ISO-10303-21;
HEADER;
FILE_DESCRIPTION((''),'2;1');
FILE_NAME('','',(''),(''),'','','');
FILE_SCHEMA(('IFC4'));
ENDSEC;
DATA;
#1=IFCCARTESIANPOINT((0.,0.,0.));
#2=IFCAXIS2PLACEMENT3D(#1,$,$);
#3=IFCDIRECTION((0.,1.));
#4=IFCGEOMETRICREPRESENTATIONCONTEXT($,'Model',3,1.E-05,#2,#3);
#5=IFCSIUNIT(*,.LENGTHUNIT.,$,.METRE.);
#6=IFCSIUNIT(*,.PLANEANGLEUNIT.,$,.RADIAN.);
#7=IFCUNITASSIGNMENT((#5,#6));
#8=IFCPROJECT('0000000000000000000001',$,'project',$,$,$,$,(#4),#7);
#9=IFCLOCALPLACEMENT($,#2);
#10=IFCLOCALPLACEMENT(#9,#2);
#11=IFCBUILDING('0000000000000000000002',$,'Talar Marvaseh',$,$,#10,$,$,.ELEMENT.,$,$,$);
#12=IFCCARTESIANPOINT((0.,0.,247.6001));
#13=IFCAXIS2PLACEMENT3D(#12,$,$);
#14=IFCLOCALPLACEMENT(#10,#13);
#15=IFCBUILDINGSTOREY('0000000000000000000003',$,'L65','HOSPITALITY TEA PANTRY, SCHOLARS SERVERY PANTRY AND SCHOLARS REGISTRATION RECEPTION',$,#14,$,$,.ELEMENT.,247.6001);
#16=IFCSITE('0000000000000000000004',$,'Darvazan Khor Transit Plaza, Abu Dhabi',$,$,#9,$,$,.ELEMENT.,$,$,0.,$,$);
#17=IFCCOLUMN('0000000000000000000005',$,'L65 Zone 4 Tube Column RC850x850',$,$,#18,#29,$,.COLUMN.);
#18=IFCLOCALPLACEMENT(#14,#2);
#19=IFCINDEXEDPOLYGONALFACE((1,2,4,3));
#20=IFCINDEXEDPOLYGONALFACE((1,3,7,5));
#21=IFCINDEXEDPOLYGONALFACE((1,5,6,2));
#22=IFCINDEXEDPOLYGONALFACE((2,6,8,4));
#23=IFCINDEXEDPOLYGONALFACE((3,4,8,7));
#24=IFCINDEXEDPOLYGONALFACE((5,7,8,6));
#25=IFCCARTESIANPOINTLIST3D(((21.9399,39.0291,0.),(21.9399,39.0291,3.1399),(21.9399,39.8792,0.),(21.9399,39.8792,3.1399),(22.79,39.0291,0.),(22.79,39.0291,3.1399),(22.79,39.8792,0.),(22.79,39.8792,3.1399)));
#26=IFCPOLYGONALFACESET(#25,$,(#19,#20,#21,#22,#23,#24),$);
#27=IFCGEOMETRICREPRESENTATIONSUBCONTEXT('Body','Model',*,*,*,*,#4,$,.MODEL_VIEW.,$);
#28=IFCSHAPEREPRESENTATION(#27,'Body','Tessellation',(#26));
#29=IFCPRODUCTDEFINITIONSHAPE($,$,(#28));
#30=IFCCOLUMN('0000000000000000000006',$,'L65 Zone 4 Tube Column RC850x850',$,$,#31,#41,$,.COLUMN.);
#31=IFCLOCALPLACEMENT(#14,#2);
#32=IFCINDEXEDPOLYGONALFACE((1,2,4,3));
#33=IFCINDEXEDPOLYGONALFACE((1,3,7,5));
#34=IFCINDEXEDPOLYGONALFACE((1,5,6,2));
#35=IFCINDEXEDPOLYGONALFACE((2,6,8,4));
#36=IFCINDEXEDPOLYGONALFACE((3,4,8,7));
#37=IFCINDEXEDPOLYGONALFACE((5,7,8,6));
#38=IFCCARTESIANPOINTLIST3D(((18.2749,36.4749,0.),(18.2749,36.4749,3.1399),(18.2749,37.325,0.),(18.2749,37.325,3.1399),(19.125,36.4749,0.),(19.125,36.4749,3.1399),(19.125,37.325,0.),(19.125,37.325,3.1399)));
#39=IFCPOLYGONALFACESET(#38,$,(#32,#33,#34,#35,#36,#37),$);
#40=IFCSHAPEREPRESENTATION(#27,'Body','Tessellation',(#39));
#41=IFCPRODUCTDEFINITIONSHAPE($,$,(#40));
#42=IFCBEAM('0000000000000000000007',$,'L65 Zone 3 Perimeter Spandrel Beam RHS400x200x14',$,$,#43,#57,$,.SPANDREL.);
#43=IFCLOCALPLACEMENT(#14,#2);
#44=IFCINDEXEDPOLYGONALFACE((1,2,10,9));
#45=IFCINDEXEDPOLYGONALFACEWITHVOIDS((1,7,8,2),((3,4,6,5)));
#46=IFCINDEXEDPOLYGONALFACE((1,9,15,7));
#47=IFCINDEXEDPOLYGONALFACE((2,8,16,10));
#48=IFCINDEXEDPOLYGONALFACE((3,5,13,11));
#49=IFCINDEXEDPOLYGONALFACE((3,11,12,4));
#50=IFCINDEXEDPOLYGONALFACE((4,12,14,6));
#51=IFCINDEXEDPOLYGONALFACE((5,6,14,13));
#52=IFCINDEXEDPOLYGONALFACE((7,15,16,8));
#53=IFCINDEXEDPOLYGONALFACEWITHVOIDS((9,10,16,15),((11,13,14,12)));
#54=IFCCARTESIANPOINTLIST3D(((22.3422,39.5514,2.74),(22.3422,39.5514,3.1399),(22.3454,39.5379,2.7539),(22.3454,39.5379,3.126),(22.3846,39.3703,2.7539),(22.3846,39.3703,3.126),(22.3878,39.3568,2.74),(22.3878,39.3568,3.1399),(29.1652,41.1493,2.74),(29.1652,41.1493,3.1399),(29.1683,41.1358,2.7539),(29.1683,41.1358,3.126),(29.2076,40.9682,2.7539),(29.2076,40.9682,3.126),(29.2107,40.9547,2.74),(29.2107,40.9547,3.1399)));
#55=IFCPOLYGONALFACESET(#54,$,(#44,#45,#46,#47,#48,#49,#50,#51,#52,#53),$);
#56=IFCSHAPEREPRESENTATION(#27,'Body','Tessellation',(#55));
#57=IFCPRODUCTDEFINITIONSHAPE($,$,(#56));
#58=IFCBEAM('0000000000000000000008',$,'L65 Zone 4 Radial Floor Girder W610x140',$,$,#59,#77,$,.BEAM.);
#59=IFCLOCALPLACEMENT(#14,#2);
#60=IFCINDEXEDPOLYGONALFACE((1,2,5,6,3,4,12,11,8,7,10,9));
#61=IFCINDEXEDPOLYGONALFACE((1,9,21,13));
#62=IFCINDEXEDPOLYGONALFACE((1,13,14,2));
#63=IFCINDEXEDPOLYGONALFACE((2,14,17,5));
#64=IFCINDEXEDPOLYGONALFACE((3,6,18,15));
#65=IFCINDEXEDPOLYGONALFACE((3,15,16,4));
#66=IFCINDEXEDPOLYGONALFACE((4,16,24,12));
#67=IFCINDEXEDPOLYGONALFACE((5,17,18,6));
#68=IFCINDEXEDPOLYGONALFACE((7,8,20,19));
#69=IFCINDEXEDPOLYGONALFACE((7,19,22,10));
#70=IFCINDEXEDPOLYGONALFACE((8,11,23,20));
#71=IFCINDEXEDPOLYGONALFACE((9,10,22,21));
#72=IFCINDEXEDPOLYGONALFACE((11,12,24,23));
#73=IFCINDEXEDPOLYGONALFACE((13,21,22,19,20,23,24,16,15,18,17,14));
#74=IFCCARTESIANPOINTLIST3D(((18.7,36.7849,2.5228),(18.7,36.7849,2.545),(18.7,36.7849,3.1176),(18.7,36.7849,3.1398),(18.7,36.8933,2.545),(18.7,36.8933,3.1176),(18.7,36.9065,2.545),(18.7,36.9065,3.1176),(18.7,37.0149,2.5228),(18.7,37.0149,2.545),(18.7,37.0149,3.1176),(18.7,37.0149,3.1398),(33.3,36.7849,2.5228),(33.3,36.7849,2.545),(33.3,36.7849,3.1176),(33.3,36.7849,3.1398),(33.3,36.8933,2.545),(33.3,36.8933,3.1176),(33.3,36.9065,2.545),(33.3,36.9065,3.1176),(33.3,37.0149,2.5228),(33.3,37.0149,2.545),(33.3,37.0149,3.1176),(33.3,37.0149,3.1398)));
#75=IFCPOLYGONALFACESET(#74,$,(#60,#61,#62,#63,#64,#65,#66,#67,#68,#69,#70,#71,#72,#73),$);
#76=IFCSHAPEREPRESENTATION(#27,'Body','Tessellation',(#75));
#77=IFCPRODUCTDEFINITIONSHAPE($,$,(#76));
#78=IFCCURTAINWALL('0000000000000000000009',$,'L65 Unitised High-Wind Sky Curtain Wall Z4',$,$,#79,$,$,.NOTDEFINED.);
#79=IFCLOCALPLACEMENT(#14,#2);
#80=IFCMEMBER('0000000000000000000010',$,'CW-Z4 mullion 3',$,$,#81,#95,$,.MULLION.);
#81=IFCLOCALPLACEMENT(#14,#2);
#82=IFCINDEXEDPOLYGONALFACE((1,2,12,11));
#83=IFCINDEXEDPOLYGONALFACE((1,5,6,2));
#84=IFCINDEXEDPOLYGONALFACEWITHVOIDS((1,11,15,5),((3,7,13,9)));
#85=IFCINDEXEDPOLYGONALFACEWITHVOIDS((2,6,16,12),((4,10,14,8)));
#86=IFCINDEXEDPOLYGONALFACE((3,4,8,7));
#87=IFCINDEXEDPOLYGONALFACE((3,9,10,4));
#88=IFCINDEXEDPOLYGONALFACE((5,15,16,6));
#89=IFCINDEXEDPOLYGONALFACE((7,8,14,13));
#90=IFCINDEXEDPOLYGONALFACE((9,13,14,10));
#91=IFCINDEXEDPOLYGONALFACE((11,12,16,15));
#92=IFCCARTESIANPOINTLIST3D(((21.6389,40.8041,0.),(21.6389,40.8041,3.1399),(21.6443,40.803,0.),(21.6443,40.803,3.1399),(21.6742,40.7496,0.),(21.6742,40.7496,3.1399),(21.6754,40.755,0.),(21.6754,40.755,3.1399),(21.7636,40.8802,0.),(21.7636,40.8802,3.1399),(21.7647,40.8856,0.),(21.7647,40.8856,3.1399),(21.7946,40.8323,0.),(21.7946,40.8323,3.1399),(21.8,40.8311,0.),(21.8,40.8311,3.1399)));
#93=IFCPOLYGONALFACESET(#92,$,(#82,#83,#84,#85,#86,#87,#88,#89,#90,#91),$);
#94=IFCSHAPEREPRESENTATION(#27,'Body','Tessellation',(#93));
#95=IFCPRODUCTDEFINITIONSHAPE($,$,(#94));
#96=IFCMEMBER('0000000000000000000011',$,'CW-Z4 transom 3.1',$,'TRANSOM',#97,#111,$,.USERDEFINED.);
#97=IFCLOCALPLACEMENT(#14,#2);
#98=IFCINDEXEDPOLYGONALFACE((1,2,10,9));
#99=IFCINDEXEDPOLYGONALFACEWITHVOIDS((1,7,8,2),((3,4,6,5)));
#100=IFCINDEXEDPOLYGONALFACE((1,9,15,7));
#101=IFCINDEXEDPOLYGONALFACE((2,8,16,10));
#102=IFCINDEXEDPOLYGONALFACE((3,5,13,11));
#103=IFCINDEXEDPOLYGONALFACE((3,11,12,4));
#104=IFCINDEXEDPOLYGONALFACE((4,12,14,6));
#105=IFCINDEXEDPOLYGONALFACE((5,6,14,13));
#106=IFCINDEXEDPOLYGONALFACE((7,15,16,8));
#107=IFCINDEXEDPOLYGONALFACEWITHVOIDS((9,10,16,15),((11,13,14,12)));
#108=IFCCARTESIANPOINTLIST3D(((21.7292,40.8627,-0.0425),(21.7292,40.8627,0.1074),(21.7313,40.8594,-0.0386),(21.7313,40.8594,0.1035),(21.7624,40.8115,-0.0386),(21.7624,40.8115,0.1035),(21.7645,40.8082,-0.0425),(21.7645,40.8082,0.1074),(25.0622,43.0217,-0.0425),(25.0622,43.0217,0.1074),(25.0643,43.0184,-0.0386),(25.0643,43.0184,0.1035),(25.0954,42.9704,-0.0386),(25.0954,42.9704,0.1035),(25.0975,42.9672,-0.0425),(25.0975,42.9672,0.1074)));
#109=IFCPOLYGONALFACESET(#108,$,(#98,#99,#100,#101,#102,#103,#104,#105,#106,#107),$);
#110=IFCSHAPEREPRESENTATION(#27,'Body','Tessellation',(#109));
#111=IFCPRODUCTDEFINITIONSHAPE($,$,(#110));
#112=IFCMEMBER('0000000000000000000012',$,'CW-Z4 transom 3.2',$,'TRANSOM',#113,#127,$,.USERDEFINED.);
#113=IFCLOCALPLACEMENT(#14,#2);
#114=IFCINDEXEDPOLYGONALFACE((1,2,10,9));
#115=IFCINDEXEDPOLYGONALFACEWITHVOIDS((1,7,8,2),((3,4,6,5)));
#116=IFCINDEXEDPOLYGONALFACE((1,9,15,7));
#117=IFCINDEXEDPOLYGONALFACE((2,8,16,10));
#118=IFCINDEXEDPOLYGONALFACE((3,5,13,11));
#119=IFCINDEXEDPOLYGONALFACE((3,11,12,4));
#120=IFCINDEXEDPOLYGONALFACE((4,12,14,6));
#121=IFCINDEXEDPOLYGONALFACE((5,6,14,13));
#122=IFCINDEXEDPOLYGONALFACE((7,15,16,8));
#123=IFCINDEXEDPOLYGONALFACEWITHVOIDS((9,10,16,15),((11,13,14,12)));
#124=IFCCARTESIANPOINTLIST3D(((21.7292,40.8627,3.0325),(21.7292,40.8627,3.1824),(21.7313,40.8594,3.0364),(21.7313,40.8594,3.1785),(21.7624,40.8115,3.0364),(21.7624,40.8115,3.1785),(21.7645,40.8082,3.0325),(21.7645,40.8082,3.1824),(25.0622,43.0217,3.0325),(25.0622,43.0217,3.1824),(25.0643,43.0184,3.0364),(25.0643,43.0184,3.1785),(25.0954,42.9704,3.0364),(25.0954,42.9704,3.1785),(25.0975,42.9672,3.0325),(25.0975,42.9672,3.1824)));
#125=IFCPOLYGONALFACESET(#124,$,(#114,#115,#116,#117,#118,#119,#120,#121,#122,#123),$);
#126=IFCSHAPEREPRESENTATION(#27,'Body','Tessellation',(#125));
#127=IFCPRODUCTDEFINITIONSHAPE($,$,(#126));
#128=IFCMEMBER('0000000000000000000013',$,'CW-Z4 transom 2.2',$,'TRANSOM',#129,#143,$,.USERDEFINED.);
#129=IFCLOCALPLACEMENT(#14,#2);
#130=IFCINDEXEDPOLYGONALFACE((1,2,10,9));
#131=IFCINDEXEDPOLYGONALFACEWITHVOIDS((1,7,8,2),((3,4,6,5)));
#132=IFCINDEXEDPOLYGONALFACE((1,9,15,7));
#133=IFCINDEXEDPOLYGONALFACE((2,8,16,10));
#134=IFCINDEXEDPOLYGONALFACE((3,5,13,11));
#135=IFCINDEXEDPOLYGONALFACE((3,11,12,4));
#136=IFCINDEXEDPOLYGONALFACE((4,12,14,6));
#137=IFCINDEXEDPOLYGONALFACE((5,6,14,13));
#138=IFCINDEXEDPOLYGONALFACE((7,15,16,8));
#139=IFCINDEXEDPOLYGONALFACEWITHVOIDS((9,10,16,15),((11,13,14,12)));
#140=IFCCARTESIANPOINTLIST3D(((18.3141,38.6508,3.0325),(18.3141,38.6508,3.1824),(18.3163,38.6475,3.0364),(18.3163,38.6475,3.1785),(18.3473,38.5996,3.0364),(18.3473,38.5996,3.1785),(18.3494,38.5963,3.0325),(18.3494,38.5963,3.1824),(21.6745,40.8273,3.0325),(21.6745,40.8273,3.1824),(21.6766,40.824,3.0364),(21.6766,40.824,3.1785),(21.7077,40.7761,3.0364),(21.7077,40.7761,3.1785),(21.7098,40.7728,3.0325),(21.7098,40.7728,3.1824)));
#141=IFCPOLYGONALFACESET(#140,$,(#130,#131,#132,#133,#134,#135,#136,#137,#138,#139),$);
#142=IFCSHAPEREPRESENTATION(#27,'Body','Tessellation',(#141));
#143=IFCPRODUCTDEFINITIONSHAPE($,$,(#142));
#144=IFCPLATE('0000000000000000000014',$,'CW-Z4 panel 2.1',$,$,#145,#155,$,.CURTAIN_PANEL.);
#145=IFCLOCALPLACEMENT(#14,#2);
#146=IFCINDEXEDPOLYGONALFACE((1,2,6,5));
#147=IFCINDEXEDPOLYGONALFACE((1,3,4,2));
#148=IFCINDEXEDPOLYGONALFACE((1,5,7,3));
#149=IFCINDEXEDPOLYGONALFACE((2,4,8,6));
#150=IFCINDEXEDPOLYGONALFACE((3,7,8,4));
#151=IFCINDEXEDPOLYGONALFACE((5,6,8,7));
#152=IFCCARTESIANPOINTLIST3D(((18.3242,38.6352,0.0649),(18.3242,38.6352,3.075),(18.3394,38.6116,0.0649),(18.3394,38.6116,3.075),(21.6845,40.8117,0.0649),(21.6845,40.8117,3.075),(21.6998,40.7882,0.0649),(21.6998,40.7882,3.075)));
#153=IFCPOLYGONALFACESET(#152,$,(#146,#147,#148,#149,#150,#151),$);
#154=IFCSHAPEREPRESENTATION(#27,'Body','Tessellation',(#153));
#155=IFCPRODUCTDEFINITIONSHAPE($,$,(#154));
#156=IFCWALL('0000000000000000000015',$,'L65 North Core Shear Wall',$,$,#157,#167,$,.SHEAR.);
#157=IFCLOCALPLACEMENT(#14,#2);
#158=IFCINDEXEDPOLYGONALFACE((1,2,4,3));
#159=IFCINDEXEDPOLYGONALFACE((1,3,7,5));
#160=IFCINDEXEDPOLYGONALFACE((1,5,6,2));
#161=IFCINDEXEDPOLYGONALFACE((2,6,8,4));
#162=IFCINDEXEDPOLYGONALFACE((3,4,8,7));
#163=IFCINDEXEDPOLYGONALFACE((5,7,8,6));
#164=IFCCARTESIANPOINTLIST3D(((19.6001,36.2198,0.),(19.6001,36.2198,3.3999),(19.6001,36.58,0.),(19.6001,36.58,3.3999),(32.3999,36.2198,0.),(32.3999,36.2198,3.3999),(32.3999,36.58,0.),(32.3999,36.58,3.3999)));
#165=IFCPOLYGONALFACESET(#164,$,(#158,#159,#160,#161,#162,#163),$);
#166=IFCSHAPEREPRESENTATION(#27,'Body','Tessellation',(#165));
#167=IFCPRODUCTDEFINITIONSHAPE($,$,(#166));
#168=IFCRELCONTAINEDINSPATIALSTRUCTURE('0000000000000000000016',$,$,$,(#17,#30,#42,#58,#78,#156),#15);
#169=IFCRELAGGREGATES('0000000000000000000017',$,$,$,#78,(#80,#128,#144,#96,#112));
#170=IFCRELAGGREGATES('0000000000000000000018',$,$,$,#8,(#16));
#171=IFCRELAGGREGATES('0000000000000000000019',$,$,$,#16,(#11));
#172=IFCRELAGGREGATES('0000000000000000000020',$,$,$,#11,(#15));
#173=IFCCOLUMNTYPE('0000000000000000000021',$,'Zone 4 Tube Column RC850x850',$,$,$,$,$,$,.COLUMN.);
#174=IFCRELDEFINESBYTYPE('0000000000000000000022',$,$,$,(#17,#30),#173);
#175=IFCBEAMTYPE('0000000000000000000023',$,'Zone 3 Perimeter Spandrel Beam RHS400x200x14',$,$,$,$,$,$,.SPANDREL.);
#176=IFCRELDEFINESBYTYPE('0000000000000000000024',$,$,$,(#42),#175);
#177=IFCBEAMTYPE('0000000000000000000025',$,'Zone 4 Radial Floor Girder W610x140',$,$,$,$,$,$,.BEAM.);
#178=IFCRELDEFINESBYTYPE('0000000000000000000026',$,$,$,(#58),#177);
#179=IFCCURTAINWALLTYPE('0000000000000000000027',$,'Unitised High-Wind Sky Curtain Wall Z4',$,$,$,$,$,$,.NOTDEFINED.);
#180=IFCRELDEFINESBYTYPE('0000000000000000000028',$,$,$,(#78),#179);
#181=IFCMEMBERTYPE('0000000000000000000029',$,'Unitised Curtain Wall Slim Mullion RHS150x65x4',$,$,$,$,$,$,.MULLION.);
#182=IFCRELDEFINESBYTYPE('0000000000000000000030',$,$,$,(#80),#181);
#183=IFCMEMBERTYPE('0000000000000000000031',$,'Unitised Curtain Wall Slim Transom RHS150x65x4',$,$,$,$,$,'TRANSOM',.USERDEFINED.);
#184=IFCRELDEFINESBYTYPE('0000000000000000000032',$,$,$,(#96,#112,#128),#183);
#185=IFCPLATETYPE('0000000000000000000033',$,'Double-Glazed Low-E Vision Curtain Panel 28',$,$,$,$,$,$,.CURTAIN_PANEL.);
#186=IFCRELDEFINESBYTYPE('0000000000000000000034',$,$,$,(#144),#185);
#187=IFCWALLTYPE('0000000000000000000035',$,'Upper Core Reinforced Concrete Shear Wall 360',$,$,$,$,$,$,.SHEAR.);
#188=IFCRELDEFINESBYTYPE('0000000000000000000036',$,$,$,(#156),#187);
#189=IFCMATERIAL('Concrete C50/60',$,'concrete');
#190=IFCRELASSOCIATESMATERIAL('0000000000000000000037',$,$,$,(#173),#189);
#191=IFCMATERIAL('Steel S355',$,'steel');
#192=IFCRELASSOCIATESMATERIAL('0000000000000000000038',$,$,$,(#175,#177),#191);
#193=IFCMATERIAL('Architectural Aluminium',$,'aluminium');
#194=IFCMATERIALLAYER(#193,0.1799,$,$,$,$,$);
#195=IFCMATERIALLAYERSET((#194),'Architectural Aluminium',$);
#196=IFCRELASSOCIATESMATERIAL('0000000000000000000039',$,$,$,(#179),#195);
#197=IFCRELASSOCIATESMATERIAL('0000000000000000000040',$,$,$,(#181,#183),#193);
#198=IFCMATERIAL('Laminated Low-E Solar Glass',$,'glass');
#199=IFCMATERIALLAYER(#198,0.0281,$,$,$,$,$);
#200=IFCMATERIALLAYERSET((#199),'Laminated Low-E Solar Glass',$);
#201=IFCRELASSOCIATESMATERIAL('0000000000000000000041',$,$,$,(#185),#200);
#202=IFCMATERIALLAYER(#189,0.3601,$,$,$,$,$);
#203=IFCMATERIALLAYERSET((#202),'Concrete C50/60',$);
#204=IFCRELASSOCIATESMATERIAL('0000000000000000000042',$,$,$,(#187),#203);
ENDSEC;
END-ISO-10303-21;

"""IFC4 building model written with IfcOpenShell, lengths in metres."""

from ifc_helpers import new_model, si_unit, direction, frame, frame_2d, origin, origin_2d, place, context, subcontext, project, spatial, rectangle, hollow_rectangle, i_section, extrude, source, transform, mapped, material, layer, layer_set, material_profile, profile_set, type_object, type_shapes, element, aggregate, save


model = new_model("IFC4")

# Units and contexts
model_context = context("Model", 3, precision=1e-05, world=origin(), true_north=direction((0.0, 1.0)))
body_context = subcontext(model_context, "Body", "Model", "MODEL_VIEW")
ifc_project = project(units=[si_unit("LENGTHUNIT", "METRE"), si_unit("PLANEANGLEUNIT", "RADIAN")], contexts=[model_context])

# Site, building, storey
site_placement = place(None, origin())
site = spatial("IfcSite", under=ifc_project, at=site_placement, Name="Darvazan Khor Transit Plaza, Abu Dhabi", CompositionType="ELEMENT", RefElevation=0.0)
building_placement = place(site_placement, origin())
building = spatial("IfcBuilding", under=site, at=building_placement, Name="Talar Marvaseh", CompositionType="ELEMENT")
storey_placement = place(building_placement, frame((0.0, 0.0, 247.6001)))
storey = spatial("IfcBuildingStorey", under=building, at=storey_placement, Name="L65", Description="HOSPITALITY TEA PANTRY, SCHOLARS SERVERY PANTRY AND SCHOLARS REGISTRATION RECEPTION", CompositionType="ELEMENT", Elevation=247.6001)

# Columns
ifc_material_1 = material(Name="Concrete C50/60", Category="concrete")
ifc_material_profile_1 = material_profile(ifc_material_1, rectangle(XDim=0.8501, YDim=0.8501, at=origin_2d()), Name="RC850x850")
ifc_profile_set_1 = profile_set([ifc_material_profile_1], Name="Concrete C50/60")
column_type = type_object("IfcColumnType", Name="Zone 4 Tube Column RC850x850", PredefinedType="COLUMN", material=ifc_profile_set_1)
for number, where, z_axis, x_axis, name in (
    (1, (22.365, 39.4541, 0.0), (0.0, 0.0, 1.0), (1.0, 0.0, 0.0), "L65 Zone 4 Tube Column RC850x850"),
    (2, (18.7, 36.8999, 0.0), (0.0, 0.0, 1.0), (1.0, 0.0, 0.0), "L65 Zone 4 Tube Column RC850x850"),
):
    element("IfcColumn", number, at=place(storey_placement, frame(where, z_axis=z_axis, x_axis=x_axis)), inside=storey, type_object=column_type, Name=name, PredefinedType="COLUMN", context=body_context, shape_type="SweptSolid", body=[
        extrude(rectangle(XDim=0.8501, YDim=0.8501, at=origin_2d()), origin(), (0.0, 0.0, 1.0), 3.1399),
    ])

# Beams
ifc_material_2 = material(Name="Steel S355", Category="steel")
ifc_material_profile_2 = material_profile(ifc_material_2, hollow_rectangle(XDim=0.2, YDim=0.3999, WallThickness=0.0139, at=origin_2d()), Name="RHS400x200x14")
ifc_profile_set_2 = profile_set([ifc_material_profile_2], Name="Steel S355")
beam_type_1 = type_object("IfcBeamType", Name="Zone 3 Perimeter Spandrel Beam RHS400x200x14", PredefinedType="SPANDREL", material=ifc_profile_set_2)
beam_1_placement = place(storey_placement, frame((22.365, 39.4541, 2.9399), z_axis=(0.973656, 0.228024, 0.0), x_axis=(-0.228024, 0.973656, 0.0)))
element("IfcBeam", 3, at=beam_1_placement, inside=storey, type_object=beam_type_1, Name="L65 Zone 3 Perimeter Spandrel Beam RHS400x200x14", PredefinedType="SPANDREL", context=body_context, shape_type="SweptSolid", body=[
    extrude(hollow_rectangle(XDim=0.2, YDim=0.3999, WallThickness=0.0139, at=origin_2d()), origin(), (0.0, 0.0, 1.0), 7.0076),
])
ifc_material_profile_3 = material_profile(ifc_material_2, i_section(OverallWidth=0.23, OverallDepth=0.6169, WebThickness=0.0132, FlangeThickness=0.0222, at=origin_2d()), Name="W610x140")
ifc_profile_set_3 = profile_set([ifc_material_profile_3], Name="Steel S355")
beam_type_2 = type_object("IfcBeamType", Name="Zone 4 Radial Floor Girder W610x140", PredefinedType="BEAM", material=ifc_profile_set_3)
beam_2_placement = place(storey_placement, frame((18.7, 36.8999, 2.8313), z_axis=(1.0, 0.0, 0.0), x_axis=(0.0, 1.0, 0.0)))
element("IfcBeam", 4, at=beam_2_placement, inside=storey, type_object=beam_type_2, Name="L65 Zone 4 Radial Floor Girder W610x140", PredefinedType="BEAM", context=body_context, shape_type="SweptSolid", body=[
    extrude(i_section(OverallWidth=0.23, OverallDepth=0.6169, WebThickness=0.0132, FlangeThickness=0.0222, at=origin_2d()), origin(), (0.0, 0.0, 1.0), 14.6001),
])

# Curtain wall, members, plate
ifc_material_3 = material(Name="Architectural Aluminium", Category="aluminium")
ifc_layer_1 = layer(ifc_material_3, 0.1799)
ifc_layer_set_1 = layer_set([ifc_layer_1], Name="Architectural Aluminium")
curtain_wall_type = type_object("IfcCurtainWallType", Name="Unitised High-Wind Sky Curtain Wall Z4", PredefinedType="NOTDEFINED", material=ifc_layer_set_1)
curtain_wall_placement = place(storey_placement, origin())
curtain_wall = element("IfcCurtainWall", 5, at=curtain_wall_placement, inside=storey, type_object=curtain_wall_type, Name="L65 Unitised High-Wind Sky Curtain Wall Z4", PredefinedType="NOTDEFINED")
ifc_material_profile_4 = material_profile(ifc_material_3, hollow_rectangle(XDim=0.0649, YDim=0.1499, WallThickness=0.0039, at=origin_2d()), Name="RHS150x65x4")
ifc_profile_set_4 = profile_set([ifc_material_profile_4], Name="Architectural Aluminium")
member_type_1 = type_object("IfcMemberType", Name="Unitised Curtain Wall Slim Mullion RHS150x65x4", PredefinedType="MULLION", material=ifc_profile_set_4)
shared_shape_1 = source(origin(), body_context, "Body", "SweptSolid", [
    extrude(hollow_rectangle(XDim=0.0649, YDim=0.1499, WallThickness=0.0039, at=origin_2d()), origin(), (0.0, 0.0, 1.0), 3.1399),
])
type_shapes(member_type_1, [shared_shape_1])
member_1_placement = place(storey_placement, frame((21.7195, 40.8176, 0.0), z_axis=(0.0, 0.0, 1.0), x_axis=(-0.543646, 0.839314, 0.0)))
member_1 = element("IfcMember", 6, at=member_1_placement, type_object=member_type_1, Name="CW-Z4 mullion 3", PredefinedType="MULLION", context=body_context, shape_type="MappedRepresentation", body=[
    mapped(shared_shape_1, transform((0.0, 0.0, 0.0), x_axis=(1.0, 0.0, 0.0), y_axis=(0.0, 1.0, 0.0), z_axis=(0.0, 0.0, 1.0), scale=1.0)),
])
ifc_material_profile_5 = material_profile(ifc_material_3, hollow_rectangle(XDim=0.0649, YDim=0.1499, WallThickness=0.0039, at=origin_2d()), Name="RHS150x65x4")
ifc_profile_set_5 = profile_set([ifc_material_profile_5], Name="Architectural Aluminium")
member_type_2 = type_object("IfcMemberType", Name="Unitised Curtain Wall Slim Transom RHS150x65x4", ElementType="TRANSOM", PredefinedType="USERDEFINED", material=ifc_profile_set_5)
shared_shape_2 = source(origin(), body_context, "Body", "SweptSolid", [
    extrude(hollow_rectangle(XDim=0.0649, YDim=0.1499, WallThickness=0.0039, at=origin_2d()), origin(), (0.0, 0.0, 1.0), 3.9712),
])
member_2_placement = place(storey_placement, frame((21.7468, 40.8354, 0.0325), z_axis=(0.839308, 0.543657, 0.0), x_axis=(-0.543657, 0.839308, 0.0)))
member_2 = element("IfcMember", 7, at=member_2_placement, type_object=member_type_2, Name="CW-Z4 transom 3.1", ObjectType="TRANSOM", PredefinedType="USERDEFINED", context=body_context, shape_type="MappedRepresentation", body=[
    mapped(shared_shape_2, transform((0.0, 0.0, 0.0), x_axis=(1.0, 0.0, 0.0), y_axis=(0.0, 1.0, 0.0), z_axis=(0.0, 0.0, 1.0), scale=1.0)),
])
member_3_placement = place(storey_placement, frame((21.7468, 40.8354, 3.1074), z_axis=(0.839308, 0.543657, 0.0), x_axis=(-0.543657, 0.839308, 0.0)))
member_3 = element("IfcMember", 8, at=member_3_placement, type_object=member_type_2, Name="CW-Z4 transom 3.2", ObjectType="TRANSOM", PredefinedType="USERDEFINED", context=body_context, shape_type="MappedRepresentation", body=[
    mapped(shared_shape_2, transform((0.0, 0.0, 0.0), x_axis=(1.0, 0.0, 0.0), y_axis=(0.0, 1.0, 0.0), z_axis=(0.0, 0.0, 1.0), scale=1.0)),
])
shared_shape_3 = source(origin(), body_context, "Body", "SweptSolid", [
    extrude(hollow_rectangle(XDim=0.0649, YDim=0.1499, WallThickness=0.0039, at=origin_2d()), origin(), (0.0, 0.0, 1.0), 4.0037),
])
type_shapes(member_type_2, [shared_shape_2, shared_shape_3])
member_4_placement = place(storey_placement, frame((18.3318, 38.6235, 3.1074), z_axis=(0.839323, 0.543633, 0.0), x_axis=(-0.543633, 0.839323, 0.0)))
member_4 = element("IfcMember", 9, at=member_4_placement, type_object=member_type_2, Name="CW-Z4 transom 2.2", ObjectType="TRANSOM", PredefinedType="USERDEFINED", context=body_context, shape_type="MappedRepresentation", body=[
    mapped(shared_shape_3, transform((0.0, 0.0, 0.0), x_axis=(1.0, 0.0, 0.0), y_axis=(0.0, 1.0, 0.0), z_axis=(0.0, 0.0, 1.0), scale=1.0)),
])
ifc_material_4 = material(Name="Laminated Low-E Solar Glass", Category="glass")
ifc_layer_2 = layer(ifc_material_4, 0.0281)
ifc_layer_set_2 = layer_set([ifc_layer_2], Name="Laminated Low-E Solar Glass")
plate_type = type_object("IfcPlateType", Name="Double-Glazed Low-E Vision Curtain Panel 28", PredefinedType="CURTAIN_PANEL", material=ifc_layer_set_2)
shared_shape_4 = source(origin(), body_context, "Body", "SweptSolid", [
    extrude(rectangle(XDim=4.0037, YDim=0.0281, at=origin_2d()), origin(), (0.0, 0.0, 1.0), 3.01),
])
type_shapes(plate_type, [shared_shape_4])
plate_placement = place(storey_placement, frame((20.012, 39.7117, 0.0649), z_axis=(0.0, 0.0, 1.0), x_axis=(0.839314, 0.543646, 0.0)))
plate = element("IfcPlate", 10, at=plate_placement, type_object=plate_type, Name="CW-Z4 panel 2.1", PredefinedType="CURTAIN_PANEL", context=body_context, shape_type="MappedRepresentation", body=[
    mapped(shared_shape_4, transform((0.0, 0.0, 0.0), x_axis=(1.0, 0.0, 0.0), y_axis=(0.0, 1.0, 0.0), z_axis=(0.0, 0.0, 1.0), scale=1.0)),
])
aggregate(curtain_wall, [member_1, member_4, plate, member_2, member_3])

# Wall
ifc_layer_3 = layer(ifc_material_1, 0.3601)
ifc_layer_set_3 = layer_set([ifc_layer_3], Name="Concrete C50/60")
wall_type = type_object("IfcWallType", Name="Upper Core Reinforced Concrete Shear Wall 360", PredefinedType="SHEAR", material=ifc_layer_set_3)
wall_placement = place(storey_placement, frame((19.6001, 36.3999, 0.0), z_axis=(0.0, 0.0, 1.0), x_axis=(1.0, 0.0, 0.0)))
element("IfcWall", 11, at=wall_placement, inside=storey, type_object=wall_type, Name="L65 North Core Shear Wall", PredefinedType="SHEAR", context=body_context, shape_type="SweptSolid", body=[
    extrude(rectangle(XDim=12.7998, YDim=0.3601, at=frame_2d((6.3999, 0.0))), origin(), (0.0, 0.0, 1.0), 3.3999),
])

save(model, "model.ifc")
